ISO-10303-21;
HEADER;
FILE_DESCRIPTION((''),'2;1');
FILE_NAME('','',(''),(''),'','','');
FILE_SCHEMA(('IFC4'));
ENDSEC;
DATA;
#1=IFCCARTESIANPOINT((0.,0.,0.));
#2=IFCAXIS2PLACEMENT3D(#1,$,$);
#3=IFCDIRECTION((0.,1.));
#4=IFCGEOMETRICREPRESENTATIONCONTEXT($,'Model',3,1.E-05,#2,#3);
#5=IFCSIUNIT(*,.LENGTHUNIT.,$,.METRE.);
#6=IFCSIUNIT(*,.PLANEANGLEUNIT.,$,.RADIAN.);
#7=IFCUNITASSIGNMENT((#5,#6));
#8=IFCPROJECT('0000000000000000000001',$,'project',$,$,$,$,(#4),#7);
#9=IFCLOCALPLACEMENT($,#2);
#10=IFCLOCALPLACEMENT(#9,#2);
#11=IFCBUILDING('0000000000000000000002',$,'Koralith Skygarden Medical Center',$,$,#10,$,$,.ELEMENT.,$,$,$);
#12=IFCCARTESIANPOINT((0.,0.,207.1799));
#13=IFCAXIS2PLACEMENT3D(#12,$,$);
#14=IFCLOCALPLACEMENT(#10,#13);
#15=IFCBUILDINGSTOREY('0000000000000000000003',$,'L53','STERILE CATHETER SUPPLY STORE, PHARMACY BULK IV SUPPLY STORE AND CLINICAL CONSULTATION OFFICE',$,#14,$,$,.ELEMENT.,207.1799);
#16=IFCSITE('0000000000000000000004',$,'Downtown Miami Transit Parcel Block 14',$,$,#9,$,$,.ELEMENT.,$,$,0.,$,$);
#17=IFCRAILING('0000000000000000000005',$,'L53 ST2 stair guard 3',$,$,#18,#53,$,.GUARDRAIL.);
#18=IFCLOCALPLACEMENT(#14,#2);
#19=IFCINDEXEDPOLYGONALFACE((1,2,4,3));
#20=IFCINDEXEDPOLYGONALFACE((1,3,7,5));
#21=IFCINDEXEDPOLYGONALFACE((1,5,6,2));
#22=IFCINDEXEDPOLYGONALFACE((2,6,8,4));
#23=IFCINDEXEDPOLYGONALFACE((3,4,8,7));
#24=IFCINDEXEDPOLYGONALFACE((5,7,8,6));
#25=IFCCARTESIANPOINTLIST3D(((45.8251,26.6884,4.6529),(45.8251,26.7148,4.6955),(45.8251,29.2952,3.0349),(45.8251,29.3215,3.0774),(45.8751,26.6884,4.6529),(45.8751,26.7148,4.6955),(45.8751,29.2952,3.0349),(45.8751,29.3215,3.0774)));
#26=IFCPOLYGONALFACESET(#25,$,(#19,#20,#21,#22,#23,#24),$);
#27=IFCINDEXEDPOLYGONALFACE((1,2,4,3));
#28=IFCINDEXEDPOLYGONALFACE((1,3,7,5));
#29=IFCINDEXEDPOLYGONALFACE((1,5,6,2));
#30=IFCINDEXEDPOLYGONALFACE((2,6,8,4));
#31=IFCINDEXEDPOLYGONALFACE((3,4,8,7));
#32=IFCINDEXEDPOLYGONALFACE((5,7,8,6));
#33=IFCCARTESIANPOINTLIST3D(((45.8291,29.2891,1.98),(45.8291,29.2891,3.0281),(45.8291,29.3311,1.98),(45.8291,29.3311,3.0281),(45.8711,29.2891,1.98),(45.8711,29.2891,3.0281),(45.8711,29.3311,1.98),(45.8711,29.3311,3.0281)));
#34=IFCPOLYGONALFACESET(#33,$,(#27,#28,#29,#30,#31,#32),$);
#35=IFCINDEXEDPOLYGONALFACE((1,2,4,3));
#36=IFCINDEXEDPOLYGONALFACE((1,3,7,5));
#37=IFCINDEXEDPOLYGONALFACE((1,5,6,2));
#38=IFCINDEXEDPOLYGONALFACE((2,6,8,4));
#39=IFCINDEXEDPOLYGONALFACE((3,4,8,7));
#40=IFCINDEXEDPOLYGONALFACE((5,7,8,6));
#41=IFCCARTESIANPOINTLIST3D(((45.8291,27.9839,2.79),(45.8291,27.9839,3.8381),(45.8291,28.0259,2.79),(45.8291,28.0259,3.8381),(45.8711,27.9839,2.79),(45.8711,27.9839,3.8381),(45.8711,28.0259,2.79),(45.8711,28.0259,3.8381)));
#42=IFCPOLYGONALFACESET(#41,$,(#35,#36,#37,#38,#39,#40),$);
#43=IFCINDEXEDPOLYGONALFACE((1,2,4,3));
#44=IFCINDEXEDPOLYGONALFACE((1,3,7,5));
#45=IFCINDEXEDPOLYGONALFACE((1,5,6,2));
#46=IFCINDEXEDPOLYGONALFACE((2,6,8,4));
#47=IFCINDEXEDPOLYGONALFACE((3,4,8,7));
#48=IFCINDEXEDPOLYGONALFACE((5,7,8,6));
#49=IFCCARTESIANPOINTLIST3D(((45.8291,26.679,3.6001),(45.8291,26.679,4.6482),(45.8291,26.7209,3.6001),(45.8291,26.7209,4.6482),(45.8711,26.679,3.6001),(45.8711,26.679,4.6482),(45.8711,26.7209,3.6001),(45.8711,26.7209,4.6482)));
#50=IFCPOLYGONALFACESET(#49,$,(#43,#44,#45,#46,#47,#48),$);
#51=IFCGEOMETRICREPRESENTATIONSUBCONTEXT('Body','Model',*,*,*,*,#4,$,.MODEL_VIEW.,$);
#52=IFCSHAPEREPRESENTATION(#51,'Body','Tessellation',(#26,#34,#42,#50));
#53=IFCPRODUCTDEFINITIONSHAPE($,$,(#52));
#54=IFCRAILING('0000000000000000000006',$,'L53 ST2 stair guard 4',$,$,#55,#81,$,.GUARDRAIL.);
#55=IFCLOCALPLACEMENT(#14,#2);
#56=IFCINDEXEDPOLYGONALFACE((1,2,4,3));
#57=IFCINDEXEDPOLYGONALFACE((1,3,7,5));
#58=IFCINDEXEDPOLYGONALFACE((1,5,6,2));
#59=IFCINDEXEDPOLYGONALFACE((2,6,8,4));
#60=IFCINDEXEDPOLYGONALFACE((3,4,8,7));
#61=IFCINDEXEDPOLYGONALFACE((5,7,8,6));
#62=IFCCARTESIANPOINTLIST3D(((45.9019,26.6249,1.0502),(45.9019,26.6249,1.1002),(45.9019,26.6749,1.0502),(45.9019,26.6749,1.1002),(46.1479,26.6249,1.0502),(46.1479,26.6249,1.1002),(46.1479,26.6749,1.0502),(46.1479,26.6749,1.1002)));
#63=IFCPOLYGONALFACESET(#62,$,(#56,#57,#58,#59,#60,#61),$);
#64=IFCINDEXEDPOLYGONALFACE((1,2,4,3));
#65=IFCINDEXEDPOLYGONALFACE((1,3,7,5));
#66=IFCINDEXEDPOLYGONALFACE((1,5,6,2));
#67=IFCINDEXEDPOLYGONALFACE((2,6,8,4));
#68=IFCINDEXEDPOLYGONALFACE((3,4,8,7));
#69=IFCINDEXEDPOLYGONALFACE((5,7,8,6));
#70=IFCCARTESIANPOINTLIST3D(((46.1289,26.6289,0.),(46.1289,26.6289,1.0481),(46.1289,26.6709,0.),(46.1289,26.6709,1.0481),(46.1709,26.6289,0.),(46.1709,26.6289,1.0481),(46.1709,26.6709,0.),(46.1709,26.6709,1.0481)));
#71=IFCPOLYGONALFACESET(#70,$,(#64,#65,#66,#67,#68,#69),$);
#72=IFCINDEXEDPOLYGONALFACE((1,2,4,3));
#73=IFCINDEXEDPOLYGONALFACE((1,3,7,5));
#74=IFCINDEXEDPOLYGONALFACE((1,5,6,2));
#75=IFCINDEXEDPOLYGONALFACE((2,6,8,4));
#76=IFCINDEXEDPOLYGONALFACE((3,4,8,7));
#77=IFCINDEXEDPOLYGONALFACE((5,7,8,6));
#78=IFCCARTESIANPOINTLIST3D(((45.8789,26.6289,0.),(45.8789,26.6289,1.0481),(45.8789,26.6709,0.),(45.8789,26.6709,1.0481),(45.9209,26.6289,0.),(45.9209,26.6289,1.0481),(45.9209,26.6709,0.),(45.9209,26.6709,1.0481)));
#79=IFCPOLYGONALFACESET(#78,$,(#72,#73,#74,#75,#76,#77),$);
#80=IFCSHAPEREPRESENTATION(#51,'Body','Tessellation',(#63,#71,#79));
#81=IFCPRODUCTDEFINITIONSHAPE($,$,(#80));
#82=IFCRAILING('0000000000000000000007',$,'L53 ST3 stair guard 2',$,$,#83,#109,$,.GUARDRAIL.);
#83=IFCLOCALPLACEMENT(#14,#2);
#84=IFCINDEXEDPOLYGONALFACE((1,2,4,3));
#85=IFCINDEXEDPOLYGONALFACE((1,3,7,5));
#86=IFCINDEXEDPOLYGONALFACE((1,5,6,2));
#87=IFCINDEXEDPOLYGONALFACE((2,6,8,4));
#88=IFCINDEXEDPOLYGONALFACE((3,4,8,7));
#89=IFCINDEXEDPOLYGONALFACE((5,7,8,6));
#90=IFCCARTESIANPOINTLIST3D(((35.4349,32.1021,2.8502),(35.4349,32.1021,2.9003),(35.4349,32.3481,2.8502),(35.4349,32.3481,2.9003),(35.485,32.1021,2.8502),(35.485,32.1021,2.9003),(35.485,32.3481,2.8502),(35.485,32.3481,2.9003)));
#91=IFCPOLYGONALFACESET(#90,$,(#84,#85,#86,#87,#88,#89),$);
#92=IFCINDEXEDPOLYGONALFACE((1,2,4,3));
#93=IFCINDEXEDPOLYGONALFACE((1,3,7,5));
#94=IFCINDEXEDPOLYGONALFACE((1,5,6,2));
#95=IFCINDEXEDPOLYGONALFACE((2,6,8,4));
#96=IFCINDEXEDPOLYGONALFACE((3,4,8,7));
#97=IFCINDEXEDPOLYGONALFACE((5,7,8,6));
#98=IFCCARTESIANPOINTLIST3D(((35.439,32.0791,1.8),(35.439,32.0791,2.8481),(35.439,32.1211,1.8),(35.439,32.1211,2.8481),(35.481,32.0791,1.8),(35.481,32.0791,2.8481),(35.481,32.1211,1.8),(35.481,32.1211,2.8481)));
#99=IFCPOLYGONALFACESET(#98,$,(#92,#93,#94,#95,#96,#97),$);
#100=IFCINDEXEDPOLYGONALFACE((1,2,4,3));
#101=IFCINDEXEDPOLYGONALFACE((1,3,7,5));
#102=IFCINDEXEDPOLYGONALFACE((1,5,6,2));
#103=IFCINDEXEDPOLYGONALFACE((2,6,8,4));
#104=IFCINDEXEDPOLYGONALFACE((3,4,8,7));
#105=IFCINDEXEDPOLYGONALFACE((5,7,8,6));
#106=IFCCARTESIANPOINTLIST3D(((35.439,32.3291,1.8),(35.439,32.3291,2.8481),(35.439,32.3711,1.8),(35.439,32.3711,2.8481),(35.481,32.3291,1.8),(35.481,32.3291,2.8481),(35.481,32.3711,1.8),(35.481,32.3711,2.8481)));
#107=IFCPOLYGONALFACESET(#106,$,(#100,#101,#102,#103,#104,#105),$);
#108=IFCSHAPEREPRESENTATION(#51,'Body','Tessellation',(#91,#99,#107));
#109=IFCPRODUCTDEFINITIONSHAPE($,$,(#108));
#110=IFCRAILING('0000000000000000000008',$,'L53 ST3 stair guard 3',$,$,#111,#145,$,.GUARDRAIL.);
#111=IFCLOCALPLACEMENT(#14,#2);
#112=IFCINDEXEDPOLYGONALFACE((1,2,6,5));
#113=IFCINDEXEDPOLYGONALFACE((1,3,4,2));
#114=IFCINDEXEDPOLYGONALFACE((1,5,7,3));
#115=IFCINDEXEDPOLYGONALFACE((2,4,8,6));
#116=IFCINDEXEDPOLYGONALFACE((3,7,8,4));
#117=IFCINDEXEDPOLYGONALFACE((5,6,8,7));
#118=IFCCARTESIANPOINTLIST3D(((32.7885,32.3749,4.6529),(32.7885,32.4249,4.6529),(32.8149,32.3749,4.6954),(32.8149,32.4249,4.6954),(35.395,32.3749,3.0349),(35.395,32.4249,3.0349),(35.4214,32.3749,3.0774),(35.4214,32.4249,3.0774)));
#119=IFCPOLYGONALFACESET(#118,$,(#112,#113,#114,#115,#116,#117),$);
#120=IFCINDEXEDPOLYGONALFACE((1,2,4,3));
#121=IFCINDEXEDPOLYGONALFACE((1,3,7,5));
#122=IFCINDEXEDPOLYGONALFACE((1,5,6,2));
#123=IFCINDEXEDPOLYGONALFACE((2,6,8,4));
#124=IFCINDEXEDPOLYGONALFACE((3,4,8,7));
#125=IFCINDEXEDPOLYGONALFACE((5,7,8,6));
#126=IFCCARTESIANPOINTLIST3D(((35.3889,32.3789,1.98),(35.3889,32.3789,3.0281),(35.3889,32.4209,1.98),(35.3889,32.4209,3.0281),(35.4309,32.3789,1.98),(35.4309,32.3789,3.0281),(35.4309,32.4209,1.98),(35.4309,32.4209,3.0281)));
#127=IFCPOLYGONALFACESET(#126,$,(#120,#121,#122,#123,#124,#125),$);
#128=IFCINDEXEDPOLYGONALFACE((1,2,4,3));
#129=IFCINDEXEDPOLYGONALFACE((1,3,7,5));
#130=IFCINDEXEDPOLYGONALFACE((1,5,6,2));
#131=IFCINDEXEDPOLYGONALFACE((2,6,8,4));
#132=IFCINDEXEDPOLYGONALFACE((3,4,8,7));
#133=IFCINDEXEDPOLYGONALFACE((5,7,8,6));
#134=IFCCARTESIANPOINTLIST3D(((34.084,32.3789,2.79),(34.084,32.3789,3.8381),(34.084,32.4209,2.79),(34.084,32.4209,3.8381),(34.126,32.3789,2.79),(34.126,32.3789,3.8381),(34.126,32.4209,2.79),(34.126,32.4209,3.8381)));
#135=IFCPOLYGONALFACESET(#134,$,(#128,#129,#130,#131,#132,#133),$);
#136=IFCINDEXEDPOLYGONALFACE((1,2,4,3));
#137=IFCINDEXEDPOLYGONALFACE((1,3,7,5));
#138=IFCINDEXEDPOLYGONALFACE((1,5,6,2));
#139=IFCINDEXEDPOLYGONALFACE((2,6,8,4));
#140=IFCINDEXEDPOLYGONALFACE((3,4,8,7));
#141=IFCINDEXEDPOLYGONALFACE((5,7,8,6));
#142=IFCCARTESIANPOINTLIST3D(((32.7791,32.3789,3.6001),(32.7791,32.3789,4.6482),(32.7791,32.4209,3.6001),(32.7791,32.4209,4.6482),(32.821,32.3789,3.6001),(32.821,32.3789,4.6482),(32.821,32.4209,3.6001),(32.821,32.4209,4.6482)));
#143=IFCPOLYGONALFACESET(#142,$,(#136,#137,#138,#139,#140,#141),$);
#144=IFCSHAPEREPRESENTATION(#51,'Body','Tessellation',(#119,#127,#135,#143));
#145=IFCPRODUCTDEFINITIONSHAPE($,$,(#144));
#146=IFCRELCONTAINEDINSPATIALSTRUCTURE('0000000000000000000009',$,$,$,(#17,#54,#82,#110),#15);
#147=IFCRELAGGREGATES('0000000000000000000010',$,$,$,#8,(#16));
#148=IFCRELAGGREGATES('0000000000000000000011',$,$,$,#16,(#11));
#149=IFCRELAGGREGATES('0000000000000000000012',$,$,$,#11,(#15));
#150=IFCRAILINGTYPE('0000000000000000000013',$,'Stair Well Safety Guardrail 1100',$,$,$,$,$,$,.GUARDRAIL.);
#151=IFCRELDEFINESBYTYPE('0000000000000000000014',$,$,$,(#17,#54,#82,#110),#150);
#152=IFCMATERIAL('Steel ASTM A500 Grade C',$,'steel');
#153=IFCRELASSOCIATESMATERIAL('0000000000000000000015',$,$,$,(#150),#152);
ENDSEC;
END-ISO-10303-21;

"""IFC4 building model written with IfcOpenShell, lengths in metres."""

from ifc_helpers import new_model, si_unit, direction, frame, origin, origin_2d, place, context, subcontext, project, spatial, rectangle, extrude, material, type_object, element, save


model = new_model("IFC4")

# Units and contexts
model_context = context("Model", 3, precision=1e-05, world=origin(), true_north=direction((0.0, 1.0)))
body_context = subcontext(model_context, "Body", "Model", "MODEL_VIEW")
ifc_project = project(units=[si_unit("LENGTHUNIT", "METRE"), si_unit("PLANEANGLEUNIT", "RADIAN")], contexts=[model_context])

# Site, building, storey
site_placement = place(None, origin())
site = spatial("IfcSite", under=ifc_project, at=site_placement, Name="Downtown Miami Transit Parcel Block 14", CompositionType="ELEMENT", RefElevation=0.0)
building_placement = place(site_placement, origin())
building = spatial("IfcBuilding", under=site, at=building_placement, Name="Koralith Skygarden Medical Center", CompositionType="ELEMENT")
storey_placement = place(building_placement, frame((0.0, 0.0, 207.1799)))
storey = spatial("IfcBuildingStorey", under=building, at=storey_placement, Name="L53", Description="STERILE CATHETER SUPPLY STORE, PHARMACY BULK IV SUPPLY STORE AND CLINICAL CONSULTATION OFFICE", CompositionType="ELEMENT", Elevation=207.1799)

# Railings
ifc_material_1 = material(Name="Steel ASTM A500 Grade C", Category="steel")
railing_type_1 = type_object("IfcRailingType", Name="Stair Well Safety Guardrail 1100", PredefinedType="GUARDRAIL", material=ifc_material_1)
railing_1_placement = place(storey_placement, frame((45.8501, 29.3101, 1.98)))
element("IfcRailing", 1, at=railing_1_placement, inside=storey, type_object=railing_type_1, Name="L53 ST2 stair guard 3", PredefinedType="GUARDRAIL", context=body_context, shape_type="SweptSolid", body=[
    extrude(rectangle(XDim=0.05, YDim=0.05, at=origin_2d()), frame((0.0, -0.0017, 1.0762), z_axis=(0.0, -0.849633, 0.527375), x_axis=(1.0, 0.0, 0.0)), (0.0, 0.0, 1.0), 3.0681),
    extrude(rectangle(XDim=0.042, YDim=0.042, at=origin_2d()), origin(), (0.0, 0.0, 1.0), 1.0481),
    extrude(rectangle(XDim=0.042, YDim=0.042, at=origin_2d()), frame((0.0, -1.3052, 0.8101)), (0.0, 0.0, 1.0), 1.0481),
    extrude(rectangle(XDim=0.042, YDim=0.042, at=origin_2d()), frame((0.0, -2.6101, 1.6201)), (0.0, 0.0, 1.0), 1.0481),
])
railing_2_placement = place(storey_placement, frame((46.1499, 26.6499, 0.0)))
element("IfcRailing", 2, at=railing_2_placement, inside=storey, type_object=railing_type_1, Name="L53 ST2 stair guard 4", PredefinedType="GUARDRAIL", context=body_context, shape_type="SweptSolid", body=[
    extrude(rectangle(XDim=0.05, YDim=0.05, at=origin_2d()), frame((-0.002, 0.0, 1.0752), z_axis=(-1.0, 0.0, 0.0), x_axis=(0.0, -1.0, 0.0)), (0.0, 0.0, 1.0), 0.2461),
    extrude(rectangle(XDim=0.042, YDim=0.042, at=origin_2d()), origin(), (0.0, 0.0, 1.0), 1.0481),
    extrude(rectangle(XDim=0.042, YDim=0.042, at=origin_2d()), frame((-0.25, 0.0, 0.0)), (0.0, 0.0, 1.0), 1.0481),
])
railing_3_placement = place(storey_placement, frame((35.46, 32.1001, 1.8)))
element("IfcRailing", 3, at=railing_3_placement, inside=storey, type_object=railing_type_1, Name="L53 ST3 stair guard 2", PredefinedType="GUARDRAIL", context=body_context, shape_type="SweptSolid", body=[
    extrude(rectangle(XDim=0.05, YDim=0.05, at=origin_2d()), frame((0.0, 0.002, 1.0752), z_axis=(0.0, 1.0, 0.0), x_axis=(-1.0, 0.0, 0.0)), (0.0, 0.0, 1.0), 0.2461),
    extrude(rectangle(XDim=0.042, YDim=0.042, at=origin_2d()), origin(), (0.0, 0.0, 1.0), 1.0481),
    extrude(rectangle(XDim=0.042, YDim=0.042, at=origin_2d()), frame((0.0, 0.25, 0.0)), (0.0, 0.0, 1.0), 1.0481),
])
railing_4_placement = place(storey_placement, frame((35.4099, 32.3999, 1.98)))
element("IfcRailing", 4, at=railing_4_placement, inside=storey, type_object=railing_type_1, Name="L53 ST3 stair guard 3", PredefinedType="GUARDRAIL", context=body_context, shape_type="SweptSolid", body=[
    extrude(rectangle(XDim=0.05, YDim=0.05, at=origin_2d()), frame((-0.0017, 0.0, 1.0762), z_axis=(-0.849611, 0.0, 0.52741), x_axis=(0.0, -1.0, 0.0)), (0.0, 0.0, 1.0), 3.0679),
    extrude(rectangle(XDim=0.042, YDim=0.042, at=origin_2d()), origin(), (0.0, 0.0, 1.0), 1.0481),
    extrude(rectangle(XDim=0.042, YDim=0.042, at=origin_2d()), frame((-1.3049, 0.0, 0.8101)), (0.0, 0.0, 1.0), 1.0481),
    extrude(rectangle(XDim=0.042, YDim=0.042, at=origin_2d()), frame((-2.6099, 0.0, 1.6201)), (0.0, 0.0, 1.0), 1.0481),
])

save(model, "model.ifc")
